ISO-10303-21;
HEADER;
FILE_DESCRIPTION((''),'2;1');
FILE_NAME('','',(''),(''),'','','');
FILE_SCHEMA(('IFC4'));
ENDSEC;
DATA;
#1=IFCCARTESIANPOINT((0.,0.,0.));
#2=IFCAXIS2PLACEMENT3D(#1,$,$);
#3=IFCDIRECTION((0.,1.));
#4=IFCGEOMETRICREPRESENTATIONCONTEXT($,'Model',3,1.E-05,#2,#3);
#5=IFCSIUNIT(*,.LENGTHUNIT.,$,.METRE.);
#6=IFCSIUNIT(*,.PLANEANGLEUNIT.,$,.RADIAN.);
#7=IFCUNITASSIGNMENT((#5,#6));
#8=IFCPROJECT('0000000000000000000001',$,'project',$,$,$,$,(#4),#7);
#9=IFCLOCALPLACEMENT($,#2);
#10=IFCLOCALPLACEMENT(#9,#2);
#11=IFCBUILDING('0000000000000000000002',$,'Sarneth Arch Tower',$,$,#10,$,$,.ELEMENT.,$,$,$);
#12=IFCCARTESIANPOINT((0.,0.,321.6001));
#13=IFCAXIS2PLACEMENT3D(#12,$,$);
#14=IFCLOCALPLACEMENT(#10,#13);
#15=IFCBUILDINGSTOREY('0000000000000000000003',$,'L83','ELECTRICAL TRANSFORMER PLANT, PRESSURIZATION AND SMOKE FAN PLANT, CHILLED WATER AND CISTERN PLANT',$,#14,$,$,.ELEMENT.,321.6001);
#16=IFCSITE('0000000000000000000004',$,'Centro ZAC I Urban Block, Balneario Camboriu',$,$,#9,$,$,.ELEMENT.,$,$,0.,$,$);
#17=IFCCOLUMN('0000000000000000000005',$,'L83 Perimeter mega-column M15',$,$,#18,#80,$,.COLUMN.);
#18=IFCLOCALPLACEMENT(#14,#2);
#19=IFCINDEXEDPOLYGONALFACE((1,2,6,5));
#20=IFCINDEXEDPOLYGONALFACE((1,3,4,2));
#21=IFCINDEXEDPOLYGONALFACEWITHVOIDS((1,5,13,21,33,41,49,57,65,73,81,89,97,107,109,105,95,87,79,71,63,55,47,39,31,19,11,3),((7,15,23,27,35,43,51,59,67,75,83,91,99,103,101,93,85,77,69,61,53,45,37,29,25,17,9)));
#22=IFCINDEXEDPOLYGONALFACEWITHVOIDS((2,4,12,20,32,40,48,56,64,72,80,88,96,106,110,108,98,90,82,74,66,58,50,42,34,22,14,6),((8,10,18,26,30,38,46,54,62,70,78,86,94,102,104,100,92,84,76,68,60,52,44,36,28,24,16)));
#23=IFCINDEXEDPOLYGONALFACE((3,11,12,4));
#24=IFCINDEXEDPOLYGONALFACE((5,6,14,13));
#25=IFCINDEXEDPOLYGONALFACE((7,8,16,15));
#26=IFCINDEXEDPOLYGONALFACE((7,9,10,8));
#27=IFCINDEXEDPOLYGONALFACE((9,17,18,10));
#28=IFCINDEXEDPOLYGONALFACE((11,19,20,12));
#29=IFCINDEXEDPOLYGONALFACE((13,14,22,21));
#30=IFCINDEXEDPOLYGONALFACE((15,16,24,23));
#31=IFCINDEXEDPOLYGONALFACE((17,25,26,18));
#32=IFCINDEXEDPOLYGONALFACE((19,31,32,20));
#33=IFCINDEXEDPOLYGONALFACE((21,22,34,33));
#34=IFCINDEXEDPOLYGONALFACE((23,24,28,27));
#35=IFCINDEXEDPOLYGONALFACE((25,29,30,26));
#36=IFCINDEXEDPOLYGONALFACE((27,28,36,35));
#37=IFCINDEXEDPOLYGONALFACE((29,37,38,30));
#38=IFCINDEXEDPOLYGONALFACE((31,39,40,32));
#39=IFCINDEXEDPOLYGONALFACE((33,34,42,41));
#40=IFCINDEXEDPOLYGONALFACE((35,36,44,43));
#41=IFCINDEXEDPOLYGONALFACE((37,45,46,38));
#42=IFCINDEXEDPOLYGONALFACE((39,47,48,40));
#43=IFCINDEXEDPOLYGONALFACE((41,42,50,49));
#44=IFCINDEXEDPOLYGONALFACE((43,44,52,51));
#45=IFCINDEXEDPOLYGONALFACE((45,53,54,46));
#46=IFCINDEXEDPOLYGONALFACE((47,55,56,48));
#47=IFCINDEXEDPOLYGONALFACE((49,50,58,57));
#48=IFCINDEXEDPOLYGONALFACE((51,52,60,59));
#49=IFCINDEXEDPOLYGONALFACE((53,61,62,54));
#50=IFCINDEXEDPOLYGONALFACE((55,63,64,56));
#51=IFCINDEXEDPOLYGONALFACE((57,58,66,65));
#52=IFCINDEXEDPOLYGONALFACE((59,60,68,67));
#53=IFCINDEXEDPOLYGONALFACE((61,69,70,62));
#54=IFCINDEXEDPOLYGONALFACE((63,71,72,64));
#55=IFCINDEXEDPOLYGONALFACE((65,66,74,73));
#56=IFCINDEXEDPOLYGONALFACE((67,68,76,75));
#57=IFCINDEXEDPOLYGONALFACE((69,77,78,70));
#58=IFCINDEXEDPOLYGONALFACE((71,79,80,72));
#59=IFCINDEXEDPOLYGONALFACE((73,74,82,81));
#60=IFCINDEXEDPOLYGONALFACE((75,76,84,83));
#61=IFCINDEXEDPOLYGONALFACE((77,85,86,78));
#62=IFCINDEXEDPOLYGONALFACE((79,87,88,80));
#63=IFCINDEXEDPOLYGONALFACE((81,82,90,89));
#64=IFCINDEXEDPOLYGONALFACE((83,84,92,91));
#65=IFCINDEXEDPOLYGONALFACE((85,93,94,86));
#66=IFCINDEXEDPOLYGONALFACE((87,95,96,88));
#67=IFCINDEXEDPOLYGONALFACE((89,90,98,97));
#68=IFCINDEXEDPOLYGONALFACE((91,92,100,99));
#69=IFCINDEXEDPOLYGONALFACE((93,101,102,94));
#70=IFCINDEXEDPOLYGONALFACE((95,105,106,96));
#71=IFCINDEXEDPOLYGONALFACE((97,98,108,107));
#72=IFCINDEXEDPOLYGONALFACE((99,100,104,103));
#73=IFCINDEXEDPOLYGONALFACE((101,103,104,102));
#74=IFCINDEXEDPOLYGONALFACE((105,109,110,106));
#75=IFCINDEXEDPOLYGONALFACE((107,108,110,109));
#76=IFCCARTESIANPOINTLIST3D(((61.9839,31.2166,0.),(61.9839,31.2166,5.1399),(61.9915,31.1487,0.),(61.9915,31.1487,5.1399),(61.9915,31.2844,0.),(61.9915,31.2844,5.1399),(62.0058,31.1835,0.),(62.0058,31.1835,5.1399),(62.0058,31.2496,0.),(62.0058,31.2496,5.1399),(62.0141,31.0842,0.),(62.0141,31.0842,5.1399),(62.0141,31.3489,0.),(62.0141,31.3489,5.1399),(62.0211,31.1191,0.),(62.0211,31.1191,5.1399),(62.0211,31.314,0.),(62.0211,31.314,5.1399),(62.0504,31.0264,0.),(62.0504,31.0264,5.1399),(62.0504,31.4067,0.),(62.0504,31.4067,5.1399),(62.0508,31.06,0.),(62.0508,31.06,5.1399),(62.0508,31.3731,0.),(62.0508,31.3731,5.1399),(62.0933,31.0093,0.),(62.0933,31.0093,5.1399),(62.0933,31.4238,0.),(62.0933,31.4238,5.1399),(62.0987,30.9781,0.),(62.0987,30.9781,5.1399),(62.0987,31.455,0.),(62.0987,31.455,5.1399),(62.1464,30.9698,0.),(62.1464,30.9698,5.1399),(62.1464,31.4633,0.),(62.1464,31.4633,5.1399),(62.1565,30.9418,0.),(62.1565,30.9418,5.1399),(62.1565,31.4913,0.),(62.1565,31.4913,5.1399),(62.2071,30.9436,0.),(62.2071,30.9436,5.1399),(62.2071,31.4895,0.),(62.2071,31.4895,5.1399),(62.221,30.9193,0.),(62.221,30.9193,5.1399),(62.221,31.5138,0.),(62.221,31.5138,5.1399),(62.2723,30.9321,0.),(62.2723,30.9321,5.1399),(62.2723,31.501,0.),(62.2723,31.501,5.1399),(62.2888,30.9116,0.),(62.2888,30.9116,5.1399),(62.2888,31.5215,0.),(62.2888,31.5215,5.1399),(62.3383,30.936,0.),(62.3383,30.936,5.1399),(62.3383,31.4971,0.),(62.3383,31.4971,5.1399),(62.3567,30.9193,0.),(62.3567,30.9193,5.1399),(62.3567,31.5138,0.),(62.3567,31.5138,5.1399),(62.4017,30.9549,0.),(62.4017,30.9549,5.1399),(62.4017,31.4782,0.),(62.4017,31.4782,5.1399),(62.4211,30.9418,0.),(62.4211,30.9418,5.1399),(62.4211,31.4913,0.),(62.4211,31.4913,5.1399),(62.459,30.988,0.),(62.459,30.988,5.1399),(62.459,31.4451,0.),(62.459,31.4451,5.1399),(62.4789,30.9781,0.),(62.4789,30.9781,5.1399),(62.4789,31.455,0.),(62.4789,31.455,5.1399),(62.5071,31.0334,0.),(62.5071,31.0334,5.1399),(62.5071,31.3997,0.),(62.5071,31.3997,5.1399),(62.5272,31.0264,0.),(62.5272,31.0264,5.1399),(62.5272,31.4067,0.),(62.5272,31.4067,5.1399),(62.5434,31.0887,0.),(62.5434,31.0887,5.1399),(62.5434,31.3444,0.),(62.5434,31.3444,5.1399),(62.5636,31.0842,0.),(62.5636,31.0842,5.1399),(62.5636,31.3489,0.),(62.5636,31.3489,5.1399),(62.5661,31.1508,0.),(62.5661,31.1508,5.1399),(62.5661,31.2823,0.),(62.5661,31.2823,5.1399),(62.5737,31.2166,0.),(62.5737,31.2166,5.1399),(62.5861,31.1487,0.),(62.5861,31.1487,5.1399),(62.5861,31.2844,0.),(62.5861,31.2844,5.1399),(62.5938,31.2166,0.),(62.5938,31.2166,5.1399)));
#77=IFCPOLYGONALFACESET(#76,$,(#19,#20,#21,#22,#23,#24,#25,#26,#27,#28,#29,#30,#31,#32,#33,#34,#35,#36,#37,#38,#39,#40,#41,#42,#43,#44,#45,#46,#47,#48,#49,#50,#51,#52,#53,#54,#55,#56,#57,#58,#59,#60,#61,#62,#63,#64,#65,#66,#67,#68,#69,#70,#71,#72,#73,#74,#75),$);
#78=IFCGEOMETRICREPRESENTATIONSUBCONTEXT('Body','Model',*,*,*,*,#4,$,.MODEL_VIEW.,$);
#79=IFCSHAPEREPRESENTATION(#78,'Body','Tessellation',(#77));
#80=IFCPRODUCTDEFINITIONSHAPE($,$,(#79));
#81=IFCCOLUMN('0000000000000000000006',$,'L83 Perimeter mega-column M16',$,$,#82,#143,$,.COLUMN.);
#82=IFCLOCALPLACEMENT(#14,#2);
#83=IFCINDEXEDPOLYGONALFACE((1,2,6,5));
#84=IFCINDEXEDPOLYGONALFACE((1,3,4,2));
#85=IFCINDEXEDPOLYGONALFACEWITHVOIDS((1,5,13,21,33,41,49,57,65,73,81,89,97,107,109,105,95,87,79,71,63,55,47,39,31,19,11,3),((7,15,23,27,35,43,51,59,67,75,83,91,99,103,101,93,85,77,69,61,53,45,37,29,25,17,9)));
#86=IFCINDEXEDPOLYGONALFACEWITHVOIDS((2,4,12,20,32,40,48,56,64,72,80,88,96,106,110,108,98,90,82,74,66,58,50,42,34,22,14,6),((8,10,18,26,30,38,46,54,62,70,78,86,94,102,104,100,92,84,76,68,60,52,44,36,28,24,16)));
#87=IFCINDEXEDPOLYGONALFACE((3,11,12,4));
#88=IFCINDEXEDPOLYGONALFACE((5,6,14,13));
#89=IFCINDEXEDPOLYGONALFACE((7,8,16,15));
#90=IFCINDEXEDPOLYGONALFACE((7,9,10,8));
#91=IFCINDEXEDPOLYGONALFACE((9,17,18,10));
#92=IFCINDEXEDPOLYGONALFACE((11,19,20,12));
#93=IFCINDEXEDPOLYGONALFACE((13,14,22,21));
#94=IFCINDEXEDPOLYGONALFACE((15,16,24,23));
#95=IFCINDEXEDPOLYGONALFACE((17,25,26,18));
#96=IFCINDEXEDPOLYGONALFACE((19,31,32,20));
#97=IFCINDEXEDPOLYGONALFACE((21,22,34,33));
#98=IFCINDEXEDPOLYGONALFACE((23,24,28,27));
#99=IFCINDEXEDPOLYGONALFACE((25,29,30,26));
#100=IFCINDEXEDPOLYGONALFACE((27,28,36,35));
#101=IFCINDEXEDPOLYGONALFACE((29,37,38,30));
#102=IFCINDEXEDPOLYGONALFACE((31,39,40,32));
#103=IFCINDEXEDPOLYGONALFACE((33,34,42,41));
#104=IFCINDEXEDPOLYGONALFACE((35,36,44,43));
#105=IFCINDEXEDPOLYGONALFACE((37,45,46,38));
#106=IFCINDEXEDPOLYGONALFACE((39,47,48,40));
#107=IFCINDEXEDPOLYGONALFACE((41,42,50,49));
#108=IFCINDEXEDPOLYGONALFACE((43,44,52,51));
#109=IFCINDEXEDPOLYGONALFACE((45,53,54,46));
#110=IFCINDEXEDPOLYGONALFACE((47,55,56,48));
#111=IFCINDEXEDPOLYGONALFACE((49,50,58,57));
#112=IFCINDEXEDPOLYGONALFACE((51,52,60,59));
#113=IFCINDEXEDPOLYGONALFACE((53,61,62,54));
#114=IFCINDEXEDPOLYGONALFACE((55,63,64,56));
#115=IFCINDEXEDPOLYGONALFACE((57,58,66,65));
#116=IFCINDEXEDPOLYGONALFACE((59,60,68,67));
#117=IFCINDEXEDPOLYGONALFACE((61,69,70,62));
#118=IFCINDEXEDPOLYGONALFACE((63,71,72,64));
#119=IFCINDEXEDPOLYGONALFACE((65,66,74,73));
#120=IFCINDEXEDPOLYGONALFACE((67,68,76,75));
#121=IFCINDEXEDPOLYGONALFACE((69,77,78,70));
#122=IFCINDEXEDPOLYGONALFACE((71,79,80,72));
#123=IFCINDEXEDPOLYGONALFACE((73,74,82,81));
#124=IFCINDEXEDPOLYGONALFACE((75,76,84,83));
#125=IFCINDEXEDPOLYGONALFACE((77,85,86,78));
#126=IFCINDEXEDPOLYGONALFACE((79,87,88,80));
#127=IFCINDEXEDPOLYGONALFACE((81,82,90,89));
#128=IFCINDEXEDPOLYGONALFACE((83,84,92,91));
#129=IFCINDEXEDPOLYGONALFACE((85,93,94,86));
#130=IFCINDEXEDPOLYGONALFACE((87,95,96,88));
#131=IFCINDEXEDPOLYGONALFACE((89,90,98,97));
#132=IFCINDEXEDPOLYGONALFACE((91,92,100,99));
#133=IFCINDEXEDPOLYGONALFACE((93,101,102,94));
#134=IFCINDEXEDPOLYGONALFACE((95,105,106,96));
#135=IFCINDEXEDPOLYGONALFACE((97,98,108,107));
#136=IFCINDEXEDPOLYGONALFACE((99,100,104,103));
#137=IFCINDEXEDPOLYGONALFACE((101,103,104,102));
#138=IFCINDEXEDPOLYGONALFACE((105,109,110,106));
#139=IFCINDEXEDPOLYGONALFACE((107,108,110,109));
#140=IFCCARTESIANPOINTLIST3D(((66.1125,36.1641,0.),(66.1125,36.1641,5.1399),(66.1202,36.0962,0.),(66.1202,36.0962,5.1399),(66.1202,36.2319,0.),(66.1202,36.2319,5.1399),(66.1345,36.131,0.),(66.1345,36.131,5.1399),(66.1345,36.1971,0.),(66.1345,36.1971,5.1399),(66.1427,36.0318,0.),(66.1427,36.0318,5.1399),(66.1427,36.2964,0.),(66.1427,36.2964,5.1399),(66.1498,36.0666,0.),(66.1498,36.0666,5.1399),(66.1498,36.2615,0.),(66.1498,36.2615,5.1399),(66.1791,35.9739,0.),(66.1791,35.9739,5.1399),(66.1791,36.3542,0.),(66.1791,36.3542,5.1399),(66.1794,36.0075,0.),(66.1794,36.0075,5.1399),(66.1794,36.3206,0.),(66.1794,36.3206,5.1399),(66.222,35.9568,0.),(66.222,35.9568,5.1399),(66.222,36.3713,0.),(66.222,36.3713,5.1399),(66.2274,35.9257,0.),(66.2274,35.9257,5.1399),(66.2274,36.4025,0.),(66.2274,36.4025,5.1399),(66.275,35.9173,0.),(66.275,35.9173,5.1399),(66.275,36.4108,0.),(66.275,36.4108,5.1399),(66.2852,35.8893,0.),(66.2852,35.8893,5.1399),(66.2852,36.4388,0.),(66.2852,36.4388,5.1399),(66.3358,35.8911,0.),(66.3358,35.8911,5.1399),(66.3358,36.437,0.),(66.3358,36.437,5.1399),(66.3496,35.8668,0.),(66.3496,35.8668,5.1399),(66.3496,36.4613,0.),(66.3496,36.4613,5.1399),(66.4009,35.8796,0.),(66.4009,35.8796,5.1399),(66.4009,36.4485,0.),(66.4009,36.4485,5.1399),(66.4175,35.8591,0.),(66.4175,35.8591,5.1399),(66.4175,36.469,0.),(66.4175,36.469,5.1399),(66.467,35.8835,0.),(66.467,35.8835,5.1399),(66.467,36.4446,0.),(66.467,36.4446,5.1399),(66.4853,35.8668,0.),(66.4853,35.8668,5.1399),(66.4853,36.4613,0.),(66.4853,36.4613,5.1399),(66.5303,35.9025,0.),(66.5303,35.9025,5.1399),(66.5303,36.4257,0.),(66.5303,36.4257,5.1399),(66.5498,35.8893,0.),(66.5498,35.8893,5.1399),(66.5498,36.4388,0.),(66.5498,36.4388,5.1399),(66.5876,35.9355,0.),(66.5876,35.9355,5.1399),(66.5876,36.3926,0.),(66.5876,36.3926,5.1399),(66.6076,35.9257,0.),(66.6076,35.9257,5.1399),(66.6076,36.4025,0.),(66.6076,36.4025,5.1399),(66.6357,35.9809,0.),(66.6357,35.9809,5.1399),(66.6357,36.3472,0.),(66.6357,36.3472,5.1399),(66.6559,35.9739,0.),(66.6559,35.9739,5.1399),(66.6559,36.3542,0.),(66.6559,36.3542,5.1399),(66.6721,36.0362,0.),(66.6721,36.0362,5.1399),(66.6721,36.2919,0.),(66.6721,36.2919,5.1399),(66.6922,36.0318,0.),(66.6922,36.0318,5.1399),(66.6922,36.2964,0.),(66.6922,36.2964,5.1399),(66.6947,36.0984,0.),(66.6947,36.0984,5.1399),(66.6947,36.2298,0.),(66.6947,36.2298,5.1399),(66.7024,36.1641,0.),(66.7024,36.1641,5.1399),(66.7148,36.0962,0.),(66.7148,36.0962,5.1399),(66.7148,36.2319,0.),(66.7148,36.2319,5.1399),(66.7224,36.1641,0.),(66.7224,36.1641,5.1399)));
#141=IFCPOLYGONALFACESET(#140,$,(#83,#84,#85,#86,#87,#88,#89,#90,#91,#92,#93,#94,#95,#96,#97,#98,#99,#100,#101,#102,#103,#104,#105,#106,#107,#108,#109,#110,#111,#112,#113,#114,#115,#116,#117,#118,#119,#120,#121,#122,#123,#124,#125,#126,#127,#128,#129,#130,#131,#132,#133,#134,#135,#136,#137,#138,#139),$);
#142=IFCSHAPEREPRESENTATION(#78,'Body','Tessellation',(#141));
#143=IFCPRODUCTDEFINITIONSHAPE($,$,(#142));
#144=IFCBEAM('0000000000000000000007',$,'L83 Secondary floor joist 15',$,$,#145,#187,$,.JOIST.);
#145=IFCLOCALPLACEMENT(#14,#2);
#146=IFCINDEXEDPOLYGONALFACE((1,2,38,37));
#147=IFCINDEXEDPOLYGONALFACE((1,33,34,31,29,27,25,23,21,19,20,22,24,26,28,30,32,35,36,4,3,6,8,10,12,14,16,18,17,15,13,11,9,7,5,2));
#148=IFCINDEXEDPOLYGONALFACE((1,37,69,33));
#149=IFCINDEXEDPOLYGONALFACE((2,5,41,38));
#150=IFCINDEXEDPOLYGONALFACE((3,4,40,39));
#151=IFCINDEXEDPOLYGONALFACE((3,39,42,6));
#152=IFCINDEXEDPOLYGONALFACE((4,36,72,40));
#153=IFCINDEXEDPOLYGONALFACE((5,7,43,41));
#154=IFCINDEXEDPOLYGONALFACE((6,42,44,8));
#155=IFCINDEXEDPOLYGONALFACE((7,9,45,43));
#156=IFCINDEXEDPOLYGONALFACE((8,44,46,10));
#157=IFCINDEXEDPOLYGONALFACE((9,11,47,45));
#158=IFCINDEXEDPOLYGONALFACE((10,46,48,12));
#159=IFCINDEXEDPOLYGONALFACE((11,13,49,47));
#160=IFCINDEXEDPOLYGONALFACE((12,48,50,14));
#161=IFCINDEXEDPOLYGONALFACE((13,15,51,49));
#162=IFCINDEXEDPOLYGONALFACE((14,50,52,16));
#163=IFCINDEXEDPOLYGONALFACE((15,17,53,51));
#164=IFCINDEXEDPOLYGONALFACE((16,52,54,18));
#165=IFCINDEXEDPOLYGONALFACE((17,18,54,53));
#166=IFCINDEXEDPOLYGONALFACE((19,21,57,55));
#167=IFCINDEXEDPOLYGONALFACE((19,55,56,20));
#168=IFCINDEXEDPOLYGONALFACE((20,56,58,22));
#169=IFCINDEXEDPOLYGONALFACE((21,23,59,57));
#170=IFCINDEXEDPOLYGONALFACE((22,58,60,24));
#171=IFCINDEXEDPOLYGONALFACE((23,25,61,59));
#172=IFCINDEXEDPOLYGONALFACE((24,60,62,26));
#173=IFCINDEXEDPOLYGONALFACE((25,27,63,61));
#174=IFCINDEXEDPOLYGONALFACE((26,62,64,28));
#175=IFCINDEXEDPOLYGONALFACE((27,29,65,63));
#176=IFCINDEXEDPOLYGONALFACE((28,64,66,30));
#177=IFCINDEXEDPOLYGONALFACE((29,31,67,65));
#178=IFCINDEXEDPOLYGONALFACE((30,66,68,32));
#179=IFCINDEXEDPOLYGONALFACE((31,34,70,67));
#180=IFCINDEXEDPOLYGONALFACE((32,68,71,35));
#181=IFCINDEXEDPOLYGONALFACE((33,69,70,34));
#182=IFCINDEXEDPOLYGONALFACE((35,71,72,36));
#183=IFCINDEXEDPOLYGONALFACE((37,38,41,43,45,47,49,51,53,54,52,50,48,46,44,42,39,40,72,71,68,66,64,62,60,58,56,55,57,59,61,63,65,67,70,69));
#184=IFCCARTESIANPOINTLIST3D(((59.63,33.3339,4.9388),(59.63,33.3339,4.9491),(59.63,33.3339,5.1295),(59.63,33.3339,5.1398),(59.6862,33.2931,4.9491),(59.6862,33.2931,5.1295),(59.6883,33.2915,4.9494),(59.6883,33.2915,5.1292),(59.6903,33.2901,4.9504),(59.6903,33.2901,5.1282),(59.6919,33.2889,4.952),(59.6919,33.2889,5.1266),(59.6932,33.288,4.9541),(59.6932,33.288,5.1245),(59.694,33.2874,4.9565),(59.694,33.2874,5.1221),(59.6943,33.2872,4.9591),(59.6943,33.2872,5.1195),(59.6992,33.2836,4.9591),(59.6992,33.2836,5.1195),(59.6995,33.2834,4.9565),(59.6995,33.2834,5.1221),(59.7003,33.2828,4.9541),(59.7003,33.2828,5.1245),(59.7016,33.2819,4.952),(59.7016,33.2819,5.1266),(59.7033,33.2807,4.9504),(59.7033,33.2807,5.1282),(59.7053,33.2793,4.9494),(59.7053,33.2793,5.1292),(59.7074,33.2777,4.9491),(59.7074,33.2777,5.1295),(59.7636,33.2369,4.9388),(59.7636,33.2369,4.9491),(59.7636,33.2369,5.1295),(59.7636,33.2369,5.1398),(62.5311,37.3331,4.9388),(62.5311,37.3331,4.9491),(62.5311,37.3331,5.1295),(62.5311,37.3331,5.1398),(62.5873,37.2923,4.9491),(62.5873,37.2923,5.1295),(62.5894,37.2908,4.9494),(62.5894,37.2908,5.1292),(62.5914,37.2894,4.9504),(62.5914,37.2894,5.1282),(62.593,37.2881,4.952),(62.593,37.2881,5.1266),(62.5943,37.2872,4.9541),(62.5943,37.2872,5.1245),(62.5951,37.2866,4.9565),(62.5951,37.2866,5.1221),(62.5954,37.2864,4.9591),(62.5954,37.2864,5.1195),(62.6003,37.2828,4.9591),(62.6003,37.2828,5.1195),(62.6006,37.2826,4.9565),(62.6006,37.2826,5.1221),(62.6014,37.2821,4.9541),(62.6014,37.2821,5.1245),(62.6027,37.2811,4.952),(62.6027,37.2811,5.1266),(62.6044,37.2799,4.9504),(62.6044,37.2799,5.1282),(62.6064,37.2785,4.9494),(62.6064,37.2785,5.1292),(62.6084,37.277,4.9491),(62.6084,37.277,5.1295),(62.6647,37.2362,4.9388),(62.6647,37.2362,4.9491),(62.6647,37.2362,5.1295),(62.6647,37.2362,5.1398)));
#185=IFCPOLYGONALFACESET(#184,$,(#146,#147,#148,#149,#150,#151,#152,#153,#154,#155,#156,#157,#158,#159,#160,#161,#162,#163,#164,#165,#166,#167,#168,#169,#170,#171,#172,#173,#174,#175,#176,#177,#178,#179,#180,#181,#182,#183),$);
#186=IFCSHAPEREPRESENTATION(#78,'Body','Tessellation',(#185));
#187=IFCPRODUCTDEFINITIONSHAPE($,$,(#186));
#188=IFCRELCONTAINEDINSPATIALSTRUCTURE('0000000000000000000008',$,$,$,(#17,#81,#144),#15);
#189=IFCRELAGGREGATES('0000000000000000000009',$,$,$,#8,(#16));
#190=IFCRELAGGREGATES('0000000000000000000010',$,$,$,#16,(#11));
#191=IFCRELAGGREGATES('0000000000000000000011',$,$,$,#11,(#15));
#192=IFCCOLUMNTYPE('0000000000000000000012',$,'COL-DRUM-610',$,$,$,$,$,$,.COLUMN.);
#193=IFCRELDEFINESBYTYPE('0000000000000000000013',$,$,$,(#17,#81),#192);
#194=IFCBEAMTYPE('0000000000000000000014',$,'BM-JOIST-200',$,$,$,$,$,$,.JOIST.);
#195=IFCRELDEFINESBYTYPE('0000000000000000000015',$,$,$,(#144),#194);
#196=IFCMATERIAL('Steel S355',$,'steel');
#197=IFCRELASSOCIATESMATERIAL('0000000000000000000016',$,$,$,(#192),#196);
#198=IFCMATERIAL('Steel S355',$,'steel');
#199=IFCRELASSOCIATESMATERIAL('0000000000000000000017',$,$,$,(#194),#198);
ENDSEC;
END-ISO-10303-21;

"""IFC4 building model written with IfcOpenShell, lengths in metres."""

from ifc_helpers import new_model, si_unit, direction, frame, origin, origin_2d, place, context, subcontext, project, spatial, hollow_circle, i_section, extrude, material, material_profile, profile_set, type_object, element, save


model = new_model("IFC4")

# Units and contexts
model_context = context("Model", 3, precision=1e-05, world=origin(), true_north=direction((0.0, 1.0)))
body_context = subcontext(model_context, "Body", "Model", "MODEL_VIEW")
ifc_project = project(units=[si_unit("LENGTHUNIT", "METRE"), si_unit("PLANEANGLEUNIT", "RADIAN")], contexts=[model_context])

# Site, building, storey
site_placement = place(None, origin())
site = spatial("IfcSite", under=ifc_project, at=site_placement, Name="Centro ZAC I Urban Block, Balneario Camboriu", CompositionType="ELEMENT", RefElevation=0.0)
building_placement = place(site_placement, origin())
building = spatial("IfcBuilding", under=site, at=building_placement, Name="Sarneth Arch Tower", CompositionType="ELEMENT")
storey_placement = place(building_placement, frame((0.0, 0.0, 321.6001)))
storey = spatial("IfcBuildingStorey", under=building, at=storey_placement, Name="L83", Description="ELECTRICAL TRANSFORMER PLANT, PRESSURIZATION AND SMOKE FAN PLANT, CHILLED WATER AND CISTERN PLANT", CompositionType="ELEMENT", Elevation=321.6001)

# Columns
ifc_material_1 = material(Name="Steel S355", Category="steel")
ifc_material_profile_1 = material_profile(ifc_material_1, hollow_circle(Radius=0.3049, WallThickness=0.02, at=origin_2d()), Name="CHS610x20")
ifc_profile_set_1 = profile_set([ifc_material_profile_1], Name="Steel S355")
column_type = type_object("IfcColumnType", Name="COL-DRUM-610", PredefinedType="COLUMN", material=ifc_profile_set_1)
for number, where, z_axis, x_axis, name in (
    (1, (62.2888, 31.2166, 0.0), (0.0, 0.0, 1.0), (1.0, 0.0, 0.0), "L83 Perimeter mega-column M15"),
    (2, (66.4175, 36.1641, 0.0), (0.0, 0.0, 1.0), (1.0, 0.0, 0.0), "L83 Perimeter mega-column M16"),
):
    element("IfcColumn", number, at=place(storey_placement, frame(where, z_axis=z_axis, x_axis=x_axis)), inside=storey, type_object=column_type, Name=name, PredefinedType="COLUMN", context=body_context, shape_type="SweptSolid", body=[
        extrude(hollow_circle(Radius=0.3049, WallThickness=0.02, at=origin_2d()), origin(), (0.0, 0.0, 1.0), 5.1399),
    ])

# Beam
ifc_material_2 = material(Name="Steel S355", Category="steel")
ifc_material_profile_2 = material_profile(ifc_material_2, i_section(OverallWidth=0.165, OverallDepth=0.2009, WebThickness=0.0061, FlangeThickness=0.0103, FilletRadius=0.01, at=origin_2d()), Name="W200x35.9")
ifc_profile_set_2 = profile_set([ifc_material_profile_2], Name="Steel S355")
beam_type_1 = type_object("IfcBeamType", Name="BM-JOIST-200", PredefinedType="JOIST", material=ifc_profile_set_2)
beam_1_placement = place(storey_placement, frame((59.6968, 33.2854, 5.0393), z_axis=(0.587187, 0.809451, 0.0), x_axis=(-0.809451, 0.587187, 0.0)))
element("IfcBeam", 3, at=beam_1_placement, inside=storey, type_object=beam_type_1, Name="L83 Secondary floor joist 15", PredefinedType="JOIST", context=body_context, shape_type="SweptSolid", body=[
    extrude(i_section(OverallWidth=0.165, OverallDepth=0.2009, WebThickness=0.0061, FlangeThickness=0.0103, FilletRadius=0.01, at=origin_2d()), origin(), (0.0, 0.0, 1.0), 4.9407),
])

save(model, "model.ifc")
